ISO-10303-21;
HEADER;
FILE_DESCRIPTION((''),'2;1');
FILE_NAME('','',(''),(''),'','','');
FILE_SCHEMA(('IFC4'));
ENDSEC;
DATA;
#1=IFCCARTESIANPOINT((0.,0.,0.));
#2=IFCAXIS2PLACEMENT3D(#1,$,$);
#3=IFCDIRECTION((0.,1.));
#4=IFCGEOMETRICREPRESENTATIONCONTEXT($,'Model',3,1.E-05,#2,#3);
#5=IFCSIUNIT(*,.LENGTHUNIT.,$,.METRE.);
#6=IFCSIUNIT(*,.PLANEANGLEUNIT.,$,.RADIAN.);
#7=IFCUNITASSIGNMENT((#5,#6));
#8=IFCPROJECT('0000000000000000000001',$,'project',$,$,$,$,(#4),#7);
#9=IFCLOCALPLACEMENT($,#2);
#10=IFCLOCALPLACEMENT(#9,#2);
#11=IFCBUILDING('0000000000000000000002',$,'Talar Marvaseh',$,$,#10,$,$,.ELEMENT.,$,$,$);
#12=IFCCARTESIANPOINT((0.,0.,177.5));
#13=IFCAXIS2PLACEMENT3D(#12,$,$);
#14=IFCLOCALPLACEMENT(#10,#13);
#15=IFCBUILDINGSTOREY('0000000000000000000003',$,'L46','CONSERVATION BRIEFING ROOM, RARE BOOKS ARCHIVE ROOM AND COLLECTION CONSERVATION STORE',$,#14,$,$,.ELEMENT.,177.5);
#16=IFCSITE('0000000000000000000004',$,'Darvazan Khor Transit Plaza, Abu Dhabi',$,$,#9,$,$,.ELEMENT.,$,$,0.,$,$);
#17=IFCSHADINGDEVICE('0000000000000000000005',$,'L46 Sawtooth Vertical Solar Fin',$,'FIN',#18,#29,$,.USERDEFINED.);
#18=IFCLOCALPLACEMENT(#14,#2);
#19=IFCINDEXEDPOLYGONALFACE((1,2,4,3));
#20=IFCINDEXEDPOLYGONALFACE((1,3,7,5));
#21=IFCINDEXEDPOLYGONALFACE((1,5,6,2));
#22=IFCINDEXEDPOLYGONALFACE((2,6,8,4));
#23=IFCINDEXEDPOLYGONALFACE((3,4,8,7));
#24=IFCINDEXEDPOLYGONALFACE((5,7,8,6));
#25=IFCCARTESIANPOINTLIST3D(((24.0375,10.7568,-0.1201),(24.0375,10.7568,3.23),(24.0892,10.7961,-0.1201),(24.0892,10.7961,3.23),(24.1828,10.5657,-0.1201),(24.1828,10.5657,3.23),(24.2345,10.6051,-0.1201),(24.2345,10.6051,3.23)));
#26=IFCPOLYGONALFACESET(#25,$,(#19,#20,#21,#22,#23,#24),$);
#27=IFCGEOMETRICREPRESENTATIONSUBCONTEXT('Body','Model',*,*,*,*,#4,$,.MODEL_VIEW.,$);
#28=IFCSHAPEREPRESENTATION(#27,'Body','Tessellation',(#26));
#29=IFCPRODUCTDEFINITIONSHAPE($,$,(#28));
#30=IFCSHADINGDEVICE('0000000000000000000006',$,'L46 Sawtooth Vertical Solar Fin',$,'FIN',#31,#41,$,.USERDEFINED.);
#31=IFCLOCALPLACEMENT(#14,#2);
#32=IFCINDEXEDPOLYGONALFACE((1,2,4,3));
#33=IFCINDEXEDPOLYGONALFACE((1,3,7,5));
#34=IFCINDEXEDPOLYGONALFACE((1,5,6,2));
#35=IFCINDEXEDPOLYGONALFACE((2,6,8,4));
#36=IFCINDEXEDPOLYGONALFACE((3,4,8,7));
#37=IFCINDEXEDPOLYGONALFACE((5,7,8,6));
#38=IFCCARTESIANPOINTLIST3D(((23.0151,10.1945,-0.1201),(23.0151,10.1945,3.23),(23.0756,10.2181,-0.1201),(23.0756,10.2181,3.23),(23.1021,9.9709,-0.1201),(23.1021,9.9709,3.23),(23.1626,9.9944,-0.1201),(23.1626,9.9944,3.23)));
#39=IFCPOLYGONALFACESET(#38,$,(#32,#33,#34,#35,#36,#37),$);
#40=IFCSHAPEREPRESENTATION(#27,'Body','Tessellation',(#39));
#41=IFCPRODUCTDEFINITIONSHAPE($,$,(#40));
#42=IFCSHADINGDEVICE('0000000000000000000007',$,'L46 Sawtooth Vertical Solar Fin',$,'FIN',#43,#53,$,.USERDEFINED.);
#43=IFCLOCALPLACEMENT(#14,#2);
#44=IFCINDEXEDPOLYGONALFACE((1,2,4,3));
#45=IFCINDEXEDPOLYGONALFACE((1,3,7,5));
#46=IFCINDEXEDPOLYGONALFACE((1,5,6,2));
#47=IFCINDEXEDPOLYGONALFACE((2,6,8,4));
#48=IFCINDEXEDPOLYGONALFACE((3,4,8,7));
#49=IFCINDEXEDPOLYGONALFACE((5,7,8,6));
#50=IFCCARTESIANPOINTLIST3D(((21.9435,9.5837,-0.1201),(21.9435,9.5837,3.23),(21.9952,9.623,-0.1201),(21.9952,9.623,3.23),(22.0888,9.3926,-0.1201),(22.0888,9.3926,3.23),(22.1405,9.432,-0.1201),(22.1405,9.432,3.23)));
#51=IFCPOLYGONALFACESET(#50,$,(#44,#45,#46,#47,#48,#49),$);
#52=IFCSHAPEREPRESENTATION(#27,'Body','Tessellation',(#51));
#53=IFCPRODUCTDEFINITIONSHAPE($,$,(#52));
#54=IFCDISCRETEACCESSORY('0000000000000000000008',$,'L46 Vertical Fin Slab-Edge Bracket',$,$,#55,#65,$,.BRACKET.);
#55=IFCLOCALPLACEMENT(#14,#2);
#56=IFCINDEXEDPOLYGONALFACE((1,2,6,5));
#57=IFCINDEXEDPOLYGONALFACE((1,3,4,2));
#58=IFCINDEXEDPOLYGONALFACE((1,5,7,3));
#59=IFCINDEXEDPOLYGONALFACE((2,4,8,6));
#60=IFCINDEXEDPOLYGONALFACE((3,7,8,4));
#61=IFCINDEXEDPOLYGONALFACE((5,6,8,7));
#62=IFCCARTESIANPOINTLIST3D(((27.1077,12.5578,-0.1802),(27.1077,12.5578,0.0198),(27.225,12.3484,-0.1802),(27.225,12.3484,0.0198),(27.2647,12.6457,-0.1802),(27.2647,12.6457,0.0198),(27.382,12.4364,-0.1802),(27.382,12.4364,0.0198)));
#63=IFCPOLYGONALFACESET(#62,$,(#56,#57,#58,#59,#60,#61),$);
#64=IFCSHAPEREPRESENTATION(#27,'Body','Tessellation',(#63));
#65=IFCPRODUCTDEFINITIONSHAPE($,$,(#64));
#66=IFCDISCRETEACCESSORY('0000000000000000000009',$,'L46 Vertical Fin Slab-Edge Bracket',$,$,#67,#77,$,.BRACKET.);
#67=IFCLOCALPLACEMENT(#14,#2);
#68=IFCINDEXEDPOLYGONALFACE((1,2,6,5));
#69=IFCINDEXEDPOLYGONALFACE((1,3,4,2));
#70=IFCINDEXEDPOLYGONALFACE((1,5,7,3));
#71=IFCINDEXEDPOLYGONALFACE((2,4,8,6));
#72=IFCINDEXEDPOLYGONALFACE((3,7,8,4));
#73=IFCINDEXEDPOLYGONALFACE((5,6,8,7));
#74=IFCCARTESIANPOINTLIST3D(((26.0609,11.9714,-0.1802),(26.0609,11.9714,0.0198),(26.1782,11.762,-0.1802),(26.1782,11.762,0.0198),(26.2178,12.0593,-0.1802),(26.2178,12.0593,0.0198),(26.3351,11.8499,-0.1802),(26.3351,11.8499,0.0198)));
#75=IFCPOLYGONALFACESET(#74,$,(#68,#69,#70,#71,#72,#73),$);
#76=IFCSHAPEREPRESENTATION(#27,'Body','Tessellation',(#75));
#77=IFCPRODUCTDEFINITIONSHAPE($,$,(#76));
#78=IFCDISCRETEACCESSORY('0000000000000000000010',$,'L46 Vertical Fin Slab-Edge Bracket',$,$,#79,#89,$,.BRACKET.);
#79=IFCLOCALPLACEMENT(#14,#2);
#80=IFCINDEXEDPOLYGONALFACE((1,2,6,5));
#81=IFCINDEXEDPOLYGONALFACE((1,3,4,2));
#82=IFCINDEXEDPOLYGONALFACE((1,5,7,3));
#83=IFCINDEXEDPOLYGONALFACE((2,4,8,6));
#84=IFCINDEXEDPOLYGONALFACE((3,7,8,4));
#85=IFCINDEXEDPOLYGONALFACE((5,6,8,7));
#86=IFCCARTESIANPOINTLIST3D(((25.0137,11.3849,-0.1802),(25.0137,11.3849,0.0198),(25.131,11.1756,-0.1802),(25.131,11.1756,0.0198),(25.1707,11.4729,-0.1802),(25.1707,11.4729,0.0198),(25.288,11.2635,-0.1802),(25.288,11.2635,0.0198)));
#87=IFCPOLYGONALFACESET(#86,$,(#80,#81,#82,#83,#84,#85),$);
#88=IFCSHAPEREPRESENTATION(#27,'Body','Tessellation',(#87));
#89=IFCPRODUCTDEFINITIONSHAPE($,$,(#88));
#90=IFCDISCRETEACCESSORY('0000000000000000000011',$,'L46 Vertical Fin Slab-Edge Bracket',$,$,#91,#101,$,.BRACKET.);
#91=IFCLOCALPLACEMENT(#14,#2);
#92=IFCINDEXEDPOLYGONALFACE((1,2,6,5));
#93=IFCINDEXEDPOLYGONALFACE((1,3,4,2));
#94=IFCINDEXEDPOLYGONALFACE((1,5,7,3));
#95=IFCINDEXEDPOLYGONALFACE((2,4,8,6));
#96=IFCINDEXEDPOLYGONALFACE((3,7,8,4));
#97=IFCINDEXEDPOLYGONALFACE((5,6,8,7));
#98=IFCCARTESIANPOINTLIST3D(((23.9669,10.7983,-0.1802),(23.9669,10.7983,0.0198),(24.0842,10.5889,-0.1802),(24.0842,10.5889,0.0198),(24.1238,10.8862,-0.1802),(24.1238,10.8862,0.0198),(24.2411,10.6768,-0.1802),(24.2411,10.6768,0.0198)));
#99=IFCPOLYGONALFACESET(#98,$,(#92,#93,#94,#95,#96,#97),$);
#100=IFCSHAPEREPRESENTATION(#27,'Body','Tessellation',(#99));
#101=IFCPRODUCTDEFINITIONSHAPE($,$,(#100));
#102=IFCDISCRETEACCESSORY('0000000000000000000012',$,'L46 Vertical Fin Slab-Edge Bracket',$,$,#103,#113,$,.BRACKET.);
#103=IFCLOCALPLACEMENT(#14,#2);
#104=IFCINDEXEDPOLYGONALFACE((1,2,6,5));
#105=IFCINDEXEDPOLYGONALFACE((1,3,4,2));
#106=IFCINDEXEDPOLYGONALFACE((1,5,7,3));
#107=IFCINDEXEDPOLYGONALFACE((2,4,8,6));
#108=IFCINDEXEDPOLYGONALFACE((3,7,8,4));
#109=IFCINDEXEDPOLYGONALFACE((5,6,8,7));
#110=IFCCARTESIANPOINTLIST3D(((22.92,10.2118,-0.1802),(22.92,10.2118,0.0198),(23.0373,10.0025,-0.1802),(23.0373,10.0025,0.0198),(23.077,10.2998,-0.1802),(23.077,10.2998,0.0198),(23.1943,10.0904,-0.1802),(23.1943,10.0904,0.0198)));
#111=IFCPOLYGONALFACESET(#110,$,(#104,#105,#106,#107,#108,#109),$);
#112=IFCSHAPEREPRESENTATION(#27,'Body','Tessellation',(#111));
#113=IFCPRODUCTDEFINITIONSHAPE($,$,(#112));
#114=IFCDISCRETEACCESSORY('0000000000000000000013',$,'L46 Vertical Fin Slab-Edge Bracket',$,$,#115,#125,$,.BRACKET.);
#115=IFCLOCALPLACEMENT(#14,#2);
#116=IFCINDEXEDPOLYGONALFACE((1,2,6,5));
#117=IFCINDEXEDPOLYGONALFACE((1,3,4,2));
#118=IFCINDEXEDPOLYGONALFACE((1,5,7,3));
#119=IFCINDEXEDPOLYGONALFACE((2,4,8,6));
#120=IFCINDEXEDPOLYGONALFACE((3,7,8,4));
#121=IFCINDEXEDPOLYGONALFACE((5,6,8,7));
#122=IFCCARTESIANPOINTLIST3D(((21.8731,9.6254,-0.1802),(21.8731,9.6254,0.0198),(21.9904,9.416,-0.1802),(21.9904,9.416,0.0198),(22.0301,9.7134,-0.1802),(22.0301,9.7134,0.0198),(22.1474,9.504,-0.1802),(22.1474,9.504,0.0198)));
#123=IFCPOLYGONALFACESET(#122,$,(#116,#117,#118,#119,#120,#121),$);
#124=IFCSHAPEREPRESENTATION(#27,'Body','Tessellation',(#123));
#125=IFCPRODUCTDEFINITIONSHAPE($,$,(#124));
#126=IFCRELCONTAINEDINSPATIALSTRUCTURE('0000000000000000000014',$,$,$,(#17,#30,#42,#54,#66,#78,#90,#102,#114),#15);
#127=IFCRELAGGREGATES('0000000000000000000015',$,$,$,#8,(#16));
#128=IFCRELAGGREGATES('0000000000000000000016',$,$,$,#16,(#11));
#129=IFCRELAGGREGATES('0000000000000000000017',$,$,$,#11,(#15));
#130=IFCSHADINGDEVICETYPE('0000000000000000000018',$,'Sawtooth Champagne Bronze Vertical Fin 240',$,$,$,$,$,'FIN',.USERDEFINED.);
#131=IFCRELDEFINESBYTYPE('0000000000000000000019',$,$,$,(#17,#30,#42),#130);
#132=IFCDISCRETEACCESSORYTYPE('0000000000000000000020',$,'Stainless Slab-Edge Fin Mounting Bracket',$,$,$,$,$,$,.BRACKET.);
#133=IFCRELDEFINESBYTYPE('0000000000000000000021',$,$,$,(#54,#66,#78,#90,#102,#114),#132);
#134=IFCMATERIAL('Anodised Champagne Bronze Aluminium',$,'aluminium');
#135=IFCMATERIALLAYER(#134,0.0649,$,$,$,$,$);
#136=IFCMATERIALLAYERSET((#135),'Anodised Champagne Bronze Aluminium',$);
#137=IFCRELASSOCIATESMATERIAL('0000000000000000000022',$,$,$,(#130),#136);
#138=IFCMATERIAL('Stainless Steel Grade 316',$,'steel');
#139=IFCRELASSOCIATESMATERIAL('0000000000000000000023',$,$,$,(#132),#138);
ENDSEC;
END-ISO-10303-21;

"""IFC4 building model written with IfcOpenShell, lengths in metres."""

from ifc_helpers import new_model, si_unit, direction, frame, origin, origin_2d, place, context, subcontext, project, spatial, rectangle, extrude, source, transform, mapped, material, layer, layer_set, type_object, type_shapes, element, save


model = new_model("IFC4")

# Units and contexts
model_context = context("Model", 3, precision=1e-05, world=origin(), true_north=direction((0.0, 1.0)))
body_context = subcontext(model_context, "Body", "Model", "MODEL_VIEW")
ifc_project = project(units=[si_unit("LENGTHUNIT", "METRE"), si_unit("PLANEANGLEUNIT", "RADIAN")], contexts=[model_context])

# Site, building, storey
site_placement = place(None, origin())
site = spatial("IfcSite", under=ifc_project, at=site_placement, Name="Darvazan Khor Transit Plaza, Abu Dhabi", CompositionType="ELEMENT", RefElevation=0.0)
building_placement = place(site_placement, origin())
building = spatial("IfcBuilding", under=site, at=building_placement, Name="Talar Marvaseh", CompositionType="ELEMENT")
storey_placement = place(building_placement, frame((0.0, 0.0, 177.5)))
storey = spatial("IfcBuildingStorey", under=building, at=storey_placement, Name="L46", Description="CONSERVATION BRIEFING ROOM, RARE BOOKS ARCHIVE ROOM AND COLLECTION CONSERVATION STORE", CompositionType="ELEMENT", Elevation=177.5)

# Shading devices
ifc_material_1 = material(Name="Anodised Champagne Bronze Aluminium", Category="aluminium")
ifc_layer_1 = layer(ifc_material_1, 0.0649)
ifc_layer_set_1 = layer_set([ifc_layer_1], Name="Anodised Champagne Bronze Aluminium")
shading_device_type = type_object("IfcShadingDeviceType", Name="Sawtooth Champagne Bronze Vertical Fin 240", ElementType="FIN", PredefinedType="USERDEFINED", material=ifc_layer_set_1)
shared_shape_1 = source(origin(), body_context, "Body", "SweptSolid", [
    extrude(rectangle(XDim=0.24, YDim=0.0649, at=origin_2d()), origin(), (0.0, 0.0, 1.0), 3.3501),
])
type_shapes(shading_device_type, [shared_shape_1])
for number, where, z_axis, x_axis, name in (
    (1, (24.136, 10.6809, -0.1201), (0.0, 0.0, 1.0), (0.605433, -0.795896, 0.0), "L46 Sawtooth Vertical Solar Fin"),
    (2, (23.0889, 10.0945, -0.1201), (0.0, 0.0, 1.0), (0.362601, -0.931945, 0.0), "L46 Sawtooth Vertical Solar Fin"),
    (3, (22.042, 9.5078, -0.1201), (0.0, 0.0, 1.0), (0.605433, -0.795896, 0.0), "L46 Sawtooth Vertical Solar Fin"),
):
    element("IfcShadingDevice", number, at=place(storey_placement, frame(where, z_axis=z_axis, x_axis=x_axis)), inside=storey, type_object=shading_device_type, Name=name, ObjectType="FIN", PredefinedType="USERDEFINED", context=body_context, shape_type="MappedRepresentation", body=[
        mapped(shared_shape_1, transform((0.0, 0.0, 0.0), x_axis=(1.0, 0.0, 0.0), y_axis=(0.0, 1.0, 0.0), z_axis=(0.0, 0.0, 1.0), scale=1.0)),
    ])

# Discrete accessories
ifc_material_2 = material(Name="Stainless Steel Grade 316", Category="steel")
discrete_accessory_type = type_object("IfcDiscreteAccessoryType", Name="Stainless Slab-Edge Fin Mounting Bracket", PredefinedType="BRACKET", material=ifc_material_2)
shared_shape_2 = source(origin(), body_context, "Body", "SweptSolid", [
    extrude(rectangle(XDim=0.24, YDim=0.1799, at=origin_2d()), origin(), (0.0, 0.0, 1.0), 0.2),
])
type_shapes(discrete_accessory_type, [shared_shape_2])
for number, where, z_axis, x_axis, name in (
    (4, (27.2449, 12.4971, -0.1802), (0.0, 0.0, 1.0), (0.488774, -0.872411, 0.0), "L46 Vertical Fin Slab-Edge Bracket"),
    (5, (26.198, 11.9106, -0.1802), (0.0, 0.0, 1.0), (0.488774, -0.872411, 0.0), "L46 Vertical Fin Slab-Edge Bracket"),
    (6, (25.1509, 11.3242, -0.1802), (0.0, 0.0, 1.0), (0.488774, -0.872411, 0.0), "L46 Vertical Fin Slab-Edge Bracket"),
    (7, (24.104, 10.7375, -0.1802), (0.0, 0.0, 1.0), (0.488774, -0.872411, 0.0), "L46 Vertical Fin Slab-Edge Bracket"),
    (8, (23.0571, 10.1511, -0.1802), (0.0, 0.0, 1.0), (0.488774, -0.872411, 0.0), "L46 Vertical Fin Slab-Edge Bracket"),
    (9, (22.0103, 9.5647, -0.1802), (0.0, 0.0, 1.0), (0.488774, -0.872411, 0.0), "L46 Vertical Fin Slab-Edge Bracket"),
):
    element("IfcDiscreteAccessory", number, at=place(storey_placement, frame(where, z_axis=z_axis, x_axis=x_axis)), inside=storey, type_object=discrete_accessory_type, Name=name, PredefinedType="BRACKET", context=body_context, shape_type="MappedRepresentation", body=[
        mapped(shared_shape_2, transform((0.0, 0.0, 0.0), x_axis=(1.0, 0.0, 0.0), y_axis=(0.0, 1.0, 0.0), z_axis=(0.0, 0.0, 1.0), scale=1.0)),
    ])

save(model, "model.ifc")
